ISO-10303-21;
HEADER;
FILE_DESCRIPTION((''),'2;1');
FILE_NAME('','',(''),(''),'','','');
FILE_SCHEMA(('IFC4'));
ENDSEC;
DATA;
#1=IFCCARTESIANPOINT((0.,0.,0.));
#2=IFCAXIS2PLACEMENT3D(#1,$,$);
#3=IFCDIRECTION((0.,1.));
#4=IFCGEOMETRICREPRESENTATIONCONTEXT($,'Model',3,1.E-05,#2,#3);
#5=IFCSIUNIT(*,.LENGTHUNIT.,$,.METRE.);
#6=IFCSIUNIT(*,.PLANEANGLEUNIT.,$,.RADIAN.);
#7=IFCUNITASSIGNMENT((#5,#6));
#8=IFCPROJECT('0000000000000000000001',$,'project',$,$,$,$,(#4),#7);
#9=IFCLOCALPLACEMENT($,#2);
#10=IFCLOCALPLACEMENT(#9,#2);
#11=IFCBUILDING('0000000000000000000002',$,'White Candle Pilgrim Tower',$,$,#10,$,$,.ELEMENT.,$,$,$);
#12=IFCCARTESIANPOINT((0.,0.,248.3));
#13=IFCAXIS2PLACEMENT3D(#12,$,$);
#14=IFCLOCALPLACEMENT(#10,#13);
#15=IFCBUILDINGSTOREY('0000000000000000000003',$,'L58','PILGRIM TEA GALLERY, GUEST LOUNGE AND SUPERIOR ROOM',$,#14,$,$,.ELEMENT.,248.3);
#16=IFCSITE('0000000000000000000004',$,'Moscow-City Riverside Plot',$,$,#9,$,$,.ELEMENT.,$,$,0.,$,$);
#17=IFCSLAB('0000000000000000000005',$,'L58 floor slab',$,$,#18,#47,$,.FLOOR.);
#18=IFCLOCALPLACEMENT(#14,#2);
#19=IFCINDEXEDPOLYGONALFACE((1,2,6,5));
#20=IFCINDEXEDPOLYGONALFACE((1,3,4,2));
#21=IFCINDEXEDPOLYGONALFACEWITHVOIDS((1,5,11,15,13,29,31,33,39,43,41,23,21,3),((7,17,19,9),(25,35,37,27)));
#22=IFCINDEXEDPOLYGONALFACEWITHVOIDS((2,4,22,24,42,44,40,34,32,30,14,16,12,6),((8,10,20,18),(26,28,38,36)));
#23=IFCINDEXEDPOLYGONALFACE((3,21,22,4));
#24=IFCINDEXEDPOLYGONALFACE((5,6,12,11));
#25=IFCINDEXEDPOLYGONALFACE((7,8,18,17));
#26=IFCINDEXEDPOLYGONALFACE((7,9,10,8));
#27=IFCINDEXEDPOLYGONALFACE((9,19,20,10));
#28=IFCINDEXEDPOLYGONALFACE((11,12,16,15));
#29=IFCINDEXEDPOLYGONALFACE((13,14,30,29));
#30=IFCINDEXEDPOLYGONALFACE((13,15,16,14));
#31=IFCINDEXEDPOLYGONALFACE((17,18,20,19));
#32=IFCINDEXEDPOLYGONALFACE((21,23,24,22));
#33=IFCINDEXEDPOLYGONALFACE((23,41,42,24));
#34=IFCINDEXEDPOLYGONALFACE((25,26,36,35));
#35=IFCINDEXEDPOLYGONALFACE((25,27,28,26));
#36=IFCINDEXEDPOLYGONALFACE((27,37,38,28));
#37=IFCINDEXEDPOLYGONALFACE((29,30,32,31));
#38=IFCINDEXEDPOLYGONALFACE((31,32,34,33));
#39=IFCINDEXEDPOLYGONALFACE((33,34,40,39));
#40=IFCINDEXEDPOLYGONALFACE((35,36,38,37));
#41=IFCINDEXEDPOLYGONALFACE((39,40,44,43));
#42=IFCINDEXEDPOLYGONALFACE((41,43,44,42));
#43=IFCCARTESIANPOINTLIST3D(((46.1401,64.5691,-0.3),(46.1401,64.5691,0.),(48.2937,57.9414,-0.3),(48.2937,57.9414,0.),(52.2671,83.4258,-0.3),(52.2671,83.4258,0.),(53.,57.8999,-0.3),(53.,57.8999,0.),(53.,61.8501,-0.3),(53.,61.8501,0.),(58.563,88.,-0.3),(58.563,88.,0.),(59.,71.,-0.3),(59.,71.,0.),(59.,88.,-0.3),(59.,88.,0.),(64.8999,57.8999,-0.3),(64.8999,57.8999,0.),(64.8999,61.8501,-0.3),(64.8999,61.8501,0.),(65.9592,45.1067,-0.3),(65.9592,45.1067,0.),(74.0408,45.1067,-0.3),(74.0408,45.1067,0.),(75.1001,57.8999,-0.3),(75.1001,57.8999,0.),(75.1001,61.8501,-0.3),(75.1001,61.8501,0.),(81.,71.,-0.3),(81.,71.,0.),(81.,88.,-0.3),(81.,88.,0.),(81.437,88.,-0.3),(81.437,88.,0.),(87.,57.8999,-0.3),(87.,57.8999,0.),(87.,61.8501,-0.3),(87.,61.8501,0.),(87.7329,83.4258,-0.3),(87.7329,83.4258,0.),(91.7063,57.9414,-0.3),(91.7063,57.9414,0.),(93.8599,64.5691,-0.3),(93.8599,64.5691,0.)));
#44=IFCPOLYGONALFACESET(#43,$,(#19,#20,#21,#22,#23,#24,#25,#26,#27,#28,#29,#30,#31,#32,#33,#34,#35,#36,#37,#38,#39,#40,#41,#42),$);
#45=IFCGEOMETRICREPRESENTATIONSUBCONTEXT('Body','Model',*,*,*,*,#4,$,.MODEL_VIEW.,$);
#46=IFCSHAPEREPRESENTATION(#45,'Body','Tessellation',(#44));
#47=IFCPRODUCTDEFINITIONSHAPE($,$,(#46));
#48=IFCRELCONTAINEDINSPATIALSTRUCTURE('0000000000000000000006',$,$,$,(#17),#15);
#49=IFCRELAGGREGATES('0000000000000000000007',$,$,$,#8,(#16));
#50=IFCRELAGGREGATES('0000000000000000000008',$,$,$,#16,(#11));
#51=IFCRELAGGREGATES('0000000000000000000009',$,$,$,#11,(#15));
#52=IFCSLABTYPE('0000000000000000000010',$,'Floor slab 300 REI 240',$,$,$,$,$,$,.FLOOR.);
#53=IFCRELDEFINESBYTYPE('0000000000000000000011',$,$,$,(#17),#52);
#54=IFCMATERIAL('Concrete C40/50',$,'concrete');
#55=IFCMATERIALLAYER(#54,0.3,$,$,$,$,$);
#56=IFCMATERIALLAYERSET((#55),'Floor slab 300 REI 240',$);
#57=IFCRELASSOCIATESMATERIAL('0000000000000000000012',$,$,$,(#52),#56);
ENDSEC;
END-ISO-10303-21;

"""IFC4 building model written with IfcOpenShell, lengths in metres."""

from ifc_helpers import new_model, si_unit, direction, frame, origin, place, context, subcontext, project, spatial, polyline, outline, extrude, material, layer, layer_set, type_object, element, save


model = new_model("IFC4")

# Units and contexts
model_context = context("Model", 3, precision=1e-05, world=origin(), true_north=direction((0.0, 1.0)))
body_context = subcontext(model_context, "Body", "Model", "MODEL_VIEW")
ifc_project = project(units=[si_unit("LENGTHUNIT", "METRE"), si_unit("PLANEANGLEUNIT", "RADIAN")], contexts=[model_context])

# Site, building, storey
site_placement = place(None, origin())
site = spatial("IfcSite", under=ifc_project, at=site_placement, Name="Moscow-City Riverside Plot", CompositionType="ELEMENT", RefElevation=0.0)
building_placement = place(site_placement, origin())
building = spatial("IfcBuilding", under=site, at=building_placement, Name="White Candle Pilgrim Tower", CompositionType="ELEMENT")
storey_placement = place(building_placement, frame((0.0, 0.0, 248.3)))
storey = spatial("IfcBuildingStorey", under=building, at=storey_placement, Name="L58", Description="PILGRIM TEA GALLERY, GUEST LOUNGE AND SUPERIOR ROOM", CompositionType="ELEMENT", Elevation=248.3)

# Slab
ifc_material_1 = material(Name="Concrete C40/50", Category="concrete")
ifc_layer_1 = layer(ifc_material_1, 0.3)
ifc_layer_set_1 = layer_set([ifc_layer_1], Name="Floor slab 300 REI 240")
slab_type_1 = type_object("IfcSlabType", Name="Floor slab 300 REI 240", PredefinedType="FLOOR", material=ifc_layer_set_1)
slab_1_placement = place(storey_placement, frame((0.0, 0.0, -0.3)))
element("IfcSlab", 1, at=slab_1_placement, inside=storey, type_object=slab_type_1, Name="L58 floor slab", PredefinedType="FLOOR", context=body_context, shape_type="SweptSolid", body=[
    extrude(outline(polyline([(65.9592, 45.1067), (74.0408, 45.1067), (91.7063, 57.9414), (93.8599, 64.5691), (87.7329, 83.4258), (81.437, 88.0), (81.0, 88.0), (81.0, 71.0), (59.0, 71.0), (59.0, 88.0), (58.563, 88.0), (52.2671, 83.4258), (46.1401, 64.5691), (48.2937, 57.9414), (65.9592, 45.1067)]), holes=[polyline([(53.0, 57.8999), (53.0, 61.8501), (64.8999, 61.8501), (64.8999, 57.8999), (53.0, 57.8999)]), polyline([(75.1001, 57.8999), (75.1001, 61.8501), (87.0, 61.8501), (87.0, 57.8999), (75.1001, 57.8999)])]), origin(), (0.0, 0.0, 1.0), 0.3),
])

save(model, "model.ifc")
